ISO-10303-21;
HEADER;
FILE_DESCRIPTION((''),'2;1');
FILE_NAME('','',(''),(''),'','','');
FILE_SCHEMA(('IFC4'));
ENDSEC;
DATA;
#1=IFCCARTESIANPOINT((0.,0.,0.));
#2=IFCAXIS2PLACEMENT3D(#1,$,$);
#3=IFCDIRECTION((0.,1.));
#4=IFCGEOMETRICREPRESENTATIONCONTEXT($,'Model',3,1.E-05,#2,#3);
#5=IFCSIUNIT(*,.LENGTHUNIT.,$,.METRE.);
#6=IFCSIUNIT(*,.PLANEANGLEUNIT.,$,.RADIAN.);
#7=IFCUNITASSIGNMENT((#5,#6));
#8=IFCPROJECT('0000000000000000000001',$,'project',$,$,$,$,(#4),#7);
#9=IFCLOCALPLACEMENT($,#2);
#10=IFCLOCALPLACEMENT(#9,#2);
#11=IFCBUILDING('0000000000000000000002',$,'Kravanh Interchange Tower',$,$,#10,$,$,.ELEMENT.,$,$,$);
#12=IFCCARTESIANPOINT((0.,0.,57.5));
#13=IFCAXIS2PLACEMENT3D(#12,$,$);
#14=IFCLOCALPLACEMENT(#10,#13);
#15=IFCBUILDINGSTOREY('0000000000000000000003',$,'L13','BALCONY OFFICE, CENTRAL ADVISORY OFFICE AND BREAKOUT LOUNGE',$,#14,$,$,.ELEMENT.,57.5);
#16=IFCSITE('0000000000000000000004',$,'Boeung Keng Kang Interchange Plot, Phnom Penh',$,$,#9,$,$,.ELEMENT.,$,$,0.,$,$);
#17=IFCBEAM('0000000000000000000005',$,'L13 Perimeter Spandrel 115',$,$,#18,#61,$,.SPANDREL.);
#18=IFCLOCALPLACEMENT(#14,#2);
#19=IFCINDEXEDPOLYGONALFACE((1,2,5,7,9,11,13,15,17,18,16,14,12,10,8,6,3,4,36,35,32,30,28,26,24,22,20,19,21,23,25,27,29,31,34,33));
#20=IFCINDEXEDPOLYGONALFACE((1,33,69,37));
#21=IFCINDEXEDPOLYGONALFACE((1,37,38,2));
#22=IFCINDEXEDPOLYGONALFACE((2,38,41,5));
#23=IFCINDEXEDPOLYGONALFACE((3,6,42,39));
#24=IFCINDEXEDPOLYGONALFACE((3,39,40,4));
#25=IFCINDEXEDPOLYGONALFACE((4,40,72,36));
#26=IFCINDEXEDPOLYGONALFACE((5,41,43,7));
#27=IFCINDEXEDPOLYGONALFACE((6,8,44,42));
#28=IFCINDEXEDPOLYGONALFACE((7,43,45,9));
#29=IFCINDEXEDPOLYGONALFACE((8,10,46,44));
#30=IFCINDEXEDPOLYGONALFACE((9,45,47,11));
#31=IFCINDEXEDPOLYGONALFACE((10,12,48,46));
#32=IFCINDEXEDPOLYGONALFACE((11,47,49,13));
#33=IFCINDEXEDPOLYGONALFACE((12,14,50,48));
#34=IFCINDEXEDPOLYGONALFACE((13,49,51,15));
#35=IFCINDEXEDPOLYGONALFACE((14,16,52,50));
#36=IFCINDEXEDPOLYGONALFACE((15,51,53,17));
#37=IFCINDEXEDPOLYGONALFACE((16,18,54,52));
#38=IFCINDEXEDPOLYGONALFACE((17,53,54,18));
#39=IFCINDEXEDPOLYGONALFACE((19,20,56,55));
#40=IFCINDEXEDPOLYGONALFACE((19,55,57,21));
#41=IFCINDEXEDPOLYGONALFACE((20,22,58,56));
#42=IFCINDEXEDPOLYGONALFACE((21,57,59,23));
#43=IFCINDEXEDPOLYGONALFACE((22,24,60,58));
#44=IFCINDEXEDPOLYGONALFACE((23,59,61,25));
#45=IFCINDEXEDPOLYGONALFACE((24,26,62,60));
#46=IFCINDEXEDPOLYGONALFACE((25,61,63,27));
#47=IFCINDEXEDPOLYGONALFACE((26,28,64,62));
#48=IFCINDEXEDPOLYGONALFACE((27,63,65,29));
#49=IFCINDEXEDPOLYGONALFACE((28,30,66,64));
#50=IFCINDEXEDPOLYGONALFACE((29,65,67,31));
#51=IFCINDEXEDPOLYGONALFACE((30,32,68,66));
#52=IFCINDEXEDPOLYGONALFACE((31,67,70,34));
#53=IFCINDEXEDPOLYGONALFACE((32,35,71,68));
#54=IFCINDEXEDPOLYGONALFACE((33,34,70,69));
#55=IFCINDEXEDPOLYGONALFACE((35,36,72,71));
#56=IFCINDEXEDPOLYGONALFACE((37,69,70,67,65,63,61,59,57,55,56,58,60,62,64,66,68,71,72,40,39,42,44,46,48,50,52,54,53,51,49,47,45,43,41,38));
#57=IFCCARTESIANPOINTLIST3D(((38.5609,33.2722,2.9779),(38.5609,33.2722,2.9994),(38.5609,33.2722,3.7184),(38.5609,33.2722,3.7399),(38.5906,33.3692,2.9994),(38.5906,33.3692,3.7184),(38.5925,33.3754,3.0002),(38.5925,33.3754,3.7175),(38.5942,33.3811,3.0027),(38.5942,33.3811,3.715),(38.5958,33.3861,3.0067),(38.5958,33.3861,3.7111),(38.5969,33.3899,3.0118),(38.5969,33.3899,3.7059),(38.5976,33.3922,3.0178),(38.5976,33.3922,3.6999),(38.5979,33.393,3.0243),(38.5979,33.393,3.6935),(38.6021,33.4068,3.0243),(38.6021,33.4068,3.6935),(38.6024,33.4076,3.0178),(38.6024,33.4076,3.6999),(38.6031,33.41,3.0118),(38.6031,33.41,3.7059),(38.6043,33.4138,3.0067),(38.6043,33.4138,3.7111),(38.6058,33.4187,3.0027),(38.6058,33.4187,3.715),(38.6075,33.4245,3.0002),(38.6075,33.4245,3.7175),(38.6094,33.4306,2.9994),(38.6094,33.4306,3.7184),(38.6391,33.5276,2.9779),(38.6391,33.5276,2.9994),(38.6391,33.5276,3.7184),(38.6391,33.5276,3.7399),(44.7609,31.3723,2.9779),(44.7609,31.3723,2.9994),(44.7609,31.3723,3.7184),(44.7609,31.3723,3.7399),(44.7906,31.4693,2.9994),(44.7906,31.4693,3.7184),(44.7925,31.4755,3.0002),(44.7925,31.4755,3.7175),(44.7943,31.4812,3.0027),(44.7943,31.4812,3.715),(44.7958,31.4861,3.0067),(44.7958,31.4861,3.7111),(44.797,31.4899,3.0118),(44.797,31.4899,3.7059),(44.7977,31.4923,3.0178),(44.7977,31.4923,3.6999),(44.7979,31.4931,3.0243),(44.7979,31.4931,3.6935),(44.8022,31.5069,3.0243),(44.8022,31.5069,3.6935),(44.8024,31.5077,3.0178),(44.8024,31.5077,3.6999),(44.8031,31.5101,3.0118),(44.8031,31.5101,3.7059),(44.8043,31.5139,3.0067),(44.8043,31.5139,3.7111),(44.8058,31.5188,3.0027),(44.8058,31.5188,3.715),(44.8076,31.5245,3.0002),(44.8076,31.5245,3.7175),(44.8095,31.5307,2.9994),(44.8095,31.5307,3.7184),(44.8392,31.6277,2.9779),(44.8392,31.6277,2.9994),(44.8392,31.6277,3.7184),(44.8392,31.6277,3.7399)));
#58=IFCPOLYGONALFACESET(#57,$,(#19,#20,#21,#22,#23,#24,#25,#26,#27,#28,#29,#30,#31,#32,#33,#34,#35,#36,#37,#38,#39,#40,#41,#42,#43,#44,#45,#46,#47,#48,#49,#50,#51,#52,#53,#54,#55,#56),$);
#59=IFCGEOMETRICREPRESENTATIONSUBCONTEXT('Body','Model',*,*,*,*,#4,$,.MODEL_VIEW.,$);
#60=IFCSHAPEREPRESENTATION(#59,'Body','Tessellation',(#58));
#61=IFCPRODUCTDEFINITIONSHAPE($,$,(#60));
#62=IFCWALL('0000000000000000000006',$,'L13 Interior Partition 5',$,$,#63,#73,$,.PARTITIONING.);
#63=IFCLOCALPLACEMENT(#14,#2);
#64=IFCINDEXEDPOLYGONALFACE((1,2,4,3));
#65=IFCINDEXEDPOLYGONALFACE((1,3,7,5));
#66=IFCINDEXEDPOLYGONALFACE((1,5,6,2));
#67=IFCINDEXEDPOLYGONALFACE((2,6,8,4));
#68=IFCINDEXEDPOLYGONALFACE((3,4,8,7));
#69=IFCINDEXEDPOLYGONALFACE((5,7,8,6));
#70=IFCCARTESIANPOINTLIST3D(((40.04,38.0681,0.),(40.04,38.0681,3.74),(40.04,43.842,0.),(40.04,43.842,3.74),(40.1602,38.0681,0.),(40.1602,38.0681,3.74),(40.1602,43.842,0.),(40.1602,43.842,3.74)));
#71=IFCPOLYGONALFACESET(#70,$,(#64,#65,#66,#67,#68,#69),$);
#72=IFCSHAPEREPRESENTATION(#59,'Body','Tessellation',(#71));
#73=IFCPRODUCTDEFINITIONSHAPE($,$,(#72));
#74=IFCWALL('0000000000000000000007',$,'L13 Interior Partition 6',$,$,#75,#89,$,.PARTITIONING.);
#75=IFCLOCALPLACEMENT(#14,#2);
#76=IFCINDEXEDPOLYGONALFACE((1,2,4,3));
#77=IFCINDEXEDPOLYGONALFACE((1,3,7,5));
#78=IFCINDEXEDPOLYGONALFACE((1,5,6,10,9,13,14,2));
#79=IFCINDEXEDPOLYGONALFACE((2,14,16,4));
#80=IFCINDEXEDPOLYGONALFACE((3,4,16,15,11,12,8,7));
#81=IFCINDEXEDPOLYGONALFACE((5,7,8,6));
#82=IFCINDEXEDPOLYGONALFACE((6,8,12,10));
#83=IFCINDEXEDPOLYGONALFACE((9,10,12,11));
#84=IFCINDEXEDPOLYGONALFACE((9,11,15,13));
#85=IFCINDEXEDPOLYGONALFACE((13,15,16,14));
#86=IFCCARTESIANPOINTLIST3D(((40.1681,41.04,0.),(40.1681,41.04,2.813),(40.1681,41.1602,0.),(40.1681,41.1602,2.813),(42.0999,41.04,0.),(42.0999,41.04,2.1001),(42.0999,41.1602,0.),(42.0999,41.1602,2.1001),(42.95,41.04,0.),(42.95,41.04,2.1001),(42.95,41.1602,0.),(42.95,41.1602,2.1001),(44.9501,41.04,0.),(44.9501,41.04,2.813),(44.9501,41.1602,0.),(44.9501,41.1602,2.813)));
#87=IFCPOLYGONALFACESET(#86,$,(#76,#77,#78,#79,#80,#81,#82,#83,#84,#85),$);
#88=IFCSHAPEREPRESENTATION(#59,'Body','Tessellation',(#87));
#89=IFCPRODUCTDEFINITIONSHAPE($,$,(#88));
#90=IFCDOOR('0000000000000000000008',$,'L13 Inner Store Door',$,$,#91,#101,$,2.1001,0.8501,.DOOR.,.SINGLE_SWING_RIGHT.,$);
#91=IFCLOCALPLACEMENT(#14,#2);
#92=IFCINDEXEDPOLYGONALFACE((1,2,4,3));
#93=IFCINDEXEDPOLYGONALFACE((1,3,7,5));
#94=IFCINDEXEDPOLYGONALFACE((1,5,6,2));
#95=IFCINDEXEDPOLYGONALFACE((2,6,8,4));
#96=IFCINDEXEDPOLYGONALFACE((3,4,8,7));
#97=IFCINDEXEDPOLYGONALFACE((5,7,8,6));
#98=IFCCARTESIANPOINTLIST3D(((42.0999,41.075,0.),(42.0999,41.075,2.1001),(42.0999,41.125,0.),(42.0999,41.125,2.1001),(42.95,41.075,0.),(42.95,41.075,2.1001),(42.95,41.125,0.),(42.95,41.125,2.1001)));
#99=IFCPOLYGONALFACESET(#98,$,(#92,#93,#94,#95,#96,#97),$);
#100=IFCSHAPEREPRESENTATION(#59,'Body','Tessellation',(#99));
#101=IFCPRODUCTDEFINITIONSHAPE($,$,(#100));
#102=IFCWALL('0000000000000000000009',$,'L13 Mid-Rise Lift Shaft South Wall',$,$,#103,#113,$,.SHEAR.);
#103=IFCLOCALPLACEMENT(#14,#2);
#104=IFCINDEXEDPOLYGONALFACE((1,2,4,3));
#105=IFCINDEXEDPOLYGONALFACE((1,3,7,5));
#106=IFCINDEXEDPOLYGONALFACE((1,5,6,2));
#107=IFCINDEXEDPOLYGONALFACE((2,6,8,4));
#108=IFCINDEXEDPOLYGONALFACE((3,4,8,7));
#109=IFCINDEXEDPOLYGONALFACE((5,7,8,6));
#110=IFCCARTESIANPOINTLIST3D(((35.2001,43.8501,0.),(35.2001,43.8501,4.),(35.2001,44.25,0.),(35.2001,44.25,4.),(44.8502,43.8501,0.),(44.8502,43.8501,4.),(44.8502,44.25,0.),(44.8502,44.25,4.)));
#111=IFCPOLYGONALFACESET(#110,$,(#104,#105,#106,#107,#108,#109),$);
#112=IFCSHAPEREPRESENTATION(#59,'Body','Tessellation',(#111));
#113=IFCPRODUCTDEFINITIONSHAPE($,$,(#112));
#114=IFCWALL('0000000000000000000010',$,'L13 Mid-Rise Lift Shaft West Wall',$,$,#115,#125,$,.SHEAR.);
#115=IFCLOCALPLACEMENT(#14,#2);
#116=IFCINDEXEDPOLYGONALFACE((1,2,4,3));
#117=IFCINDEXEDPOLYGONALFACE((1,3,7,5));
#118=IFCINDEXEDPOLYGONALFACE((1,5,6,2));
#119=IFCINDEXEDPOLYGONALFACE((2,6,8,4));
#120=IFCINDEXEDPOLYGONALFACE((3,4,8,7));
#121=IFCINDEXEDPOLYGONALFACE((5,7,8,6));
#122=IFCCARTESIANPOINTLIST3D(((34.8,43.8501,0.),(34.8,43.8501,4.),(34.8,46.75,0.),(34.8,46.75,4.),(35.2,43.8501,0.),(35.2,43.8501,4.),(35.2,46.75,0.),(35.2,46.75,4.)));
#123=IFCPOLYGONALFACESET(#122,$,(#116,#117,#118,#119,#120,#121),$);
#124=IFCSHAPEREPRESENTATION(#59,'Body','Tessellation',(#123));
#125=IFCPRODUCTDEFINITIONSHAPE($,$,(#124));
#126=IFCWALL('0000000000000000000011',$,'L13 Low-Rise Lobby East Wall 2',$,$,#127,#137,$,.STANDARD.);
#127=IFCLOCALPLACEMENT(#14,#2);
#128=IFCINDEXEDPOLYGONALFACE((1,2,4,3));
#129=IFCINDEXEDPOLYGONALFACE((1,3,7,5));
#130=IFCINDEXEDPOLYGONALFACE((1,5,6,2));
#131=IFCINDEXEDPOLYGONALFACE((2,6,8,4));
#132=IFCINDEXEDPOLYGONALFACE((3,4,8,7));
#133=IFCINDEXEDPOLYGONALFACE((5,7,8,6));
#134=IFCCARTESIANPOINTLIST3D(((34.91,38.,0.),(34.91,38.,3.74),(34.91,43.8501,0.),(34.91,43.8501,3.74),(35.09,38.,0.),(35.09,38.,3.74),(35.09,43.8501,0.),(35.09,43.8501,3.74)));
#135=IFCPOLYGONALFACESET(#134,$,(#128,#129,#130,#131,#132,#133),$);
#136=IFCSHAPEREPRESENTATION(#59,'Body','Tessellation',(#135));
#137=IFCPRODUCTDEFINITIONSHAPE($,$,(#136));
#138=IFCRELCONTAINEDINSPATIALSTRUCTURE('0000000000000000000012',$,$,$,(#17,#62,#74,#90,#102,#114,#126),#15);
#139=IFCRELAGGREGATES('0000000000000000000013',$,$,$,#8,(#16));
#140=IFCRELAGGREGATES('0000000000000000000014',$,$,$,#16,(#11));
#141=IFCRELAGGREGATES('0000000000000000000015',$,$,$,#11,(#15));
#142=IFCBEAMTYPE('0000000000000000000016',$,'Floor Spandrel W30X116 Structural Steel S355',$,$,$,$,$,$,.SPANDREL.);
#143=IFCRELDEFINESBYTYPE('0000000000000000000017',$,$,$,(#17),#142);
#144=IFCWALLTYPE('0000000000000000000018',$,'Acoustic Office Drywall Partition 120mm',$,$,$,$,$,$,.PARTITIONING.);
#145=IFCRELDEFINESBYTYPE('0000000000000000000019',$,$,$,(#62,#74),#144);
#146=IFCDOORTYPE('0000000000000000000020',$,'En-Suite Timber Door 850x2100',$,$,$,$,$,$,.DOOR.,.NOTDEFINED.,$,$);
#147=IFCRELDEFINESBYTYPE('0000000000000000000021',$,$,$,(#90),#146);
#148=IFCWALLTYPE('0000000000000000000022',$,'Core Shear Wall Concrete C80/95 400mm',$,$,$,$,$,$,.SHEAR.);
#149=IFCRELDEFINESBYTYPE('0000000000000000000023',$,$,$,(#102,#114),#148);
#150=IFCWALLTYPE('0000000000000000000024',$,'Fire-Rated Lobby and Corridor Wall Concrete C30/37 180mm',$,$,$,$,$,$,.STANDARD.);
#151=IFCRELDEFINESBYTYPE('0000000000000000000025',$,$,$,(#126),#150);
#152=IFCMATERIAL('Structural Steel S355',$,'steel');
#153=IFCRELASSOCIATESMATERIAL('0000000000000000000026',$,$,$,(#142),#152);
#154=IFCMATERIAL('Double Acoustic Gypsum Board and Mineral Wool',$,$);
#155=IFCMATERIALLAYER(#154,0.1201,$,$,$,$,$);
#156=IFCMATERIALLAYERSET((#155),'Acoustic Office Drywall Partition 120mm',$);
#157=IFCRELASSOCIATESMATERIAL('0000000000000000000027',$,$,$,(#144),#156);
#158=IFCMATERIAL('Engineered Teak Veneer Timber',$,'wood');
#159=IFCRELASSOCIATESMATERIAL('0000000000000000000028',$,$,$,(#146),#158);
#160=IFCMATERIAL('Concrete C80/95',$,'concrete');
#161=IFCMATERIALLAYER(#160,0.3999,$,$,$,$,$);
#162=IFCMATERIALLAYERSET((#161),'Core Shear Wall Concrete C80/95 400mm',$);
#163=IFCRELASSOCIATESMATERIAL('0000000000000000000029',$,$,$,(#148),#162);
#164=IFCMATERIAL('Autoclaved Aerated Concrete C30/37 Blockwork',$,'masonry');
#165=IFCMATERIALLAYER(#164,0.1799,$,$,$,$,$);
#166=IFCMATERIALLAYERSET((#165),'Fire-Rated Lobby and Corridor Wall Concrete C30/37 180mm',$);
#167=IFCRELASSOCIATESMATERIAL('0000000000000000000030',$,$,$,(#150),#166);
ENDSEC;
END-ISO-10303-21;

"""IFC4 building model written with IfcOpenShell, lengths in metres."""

from ifc_helpers import new_model, si_unit, direction, frame, frame_2d, origin, origin_2d, place, context, subcontext, project, spatial, rectangle, i_section, extrude, material, layer, layer_set, material_profile, profile_set, type_object, element, fill, save


model = new_model("IFC4")

# Units and contexts
model_context = context("Model", 3, precision=1e-05, world=origin(), true_north=direction((0.0, 1.0)))
body_context = subcontext(model_context, "Body", "Model", "MODEL_VIEW")
ifc_project = project(units=[si_unit("LENGTHUNIT", "METRE"), si_unit("PLANEANGLEUNIT", "RADIAN")], contexts=[model_context])

# Site, building, storey
site_placement = place(None, origin())
site = spatial("IfcSite", under=ifc_project, at=site_placement, Name="Boeung Keng Kang Interchange Plot, Phnom Penh", CompositionType="ELEMENT", RefElevation=0.0)
building_placement = place(site_placement, origin())
building = spatial("IfcBuilding", under=site, at=building_placement, Name="Kravanh Interchange Tower", CompositionType="ELEMENT")
storey_placement = place(building_placement, frame((0.0, 0.0, 57.5)))
storey = spatial("IfcBuildingStorey", under=building, at=storey_placement, Name="L13", Description="BALCONY OFFICE, CENTRAL ADVISORY OFFICE AND BREAKOUT LOUNGE", CompositionType="ELEMENT", Elevation=57.5)

# Beam
ifc_material_1 = material(Name="Structural Steel S355", Category="steel")
ifc_material_profile_1 = material_profile(ifc_material_1, i_section(OverallWidth=0.2671, OverallDepth=0.762, WebThickness=0.0144, FlangeThickness=0.0215, FilletRadius=0.0249, at=origin_2d()), Name="W30X116")
ifc_profile_set_1 = profile_set([ifc_material_profile_1], Name="Structural Steel S355")
beam_type_1 = type_object("IfcBeamType", Name="Floor Spandrel W30X116 Structural Steel S355", PredefinedType="SPANDREL", material=ifc_profile_set_1)
beam_1_placement = place(storey_placement, frame((44.8, 31.5, 3.3589), z_axis=(-0.956115, 0.29299, 0.0), x_axis=(-0.29299, -0.956115, 0.0)))
element("IfcBeam", 1, at=beam_1_placement, inside=storey, type_object=beam_type_1, Name="L13 Perimeter Spandrel 115", PredefinedType="SPANDREL", context=body_context, shape_type="SweptSolid", body=[
    extrude(i_section(OverallWidth=0.2671, OverallDepth=0.762, WebThickness=0.0144, FlangeThickness=0.0215, FilletRadius=0.0249, at=origin_2d()), origin(), (0.0, 0.0, 1.0), 6.4846),
])

# Wall
ifc_material_2 = material(Name="Double Acoustic Gypsum Board and Mineral Wool")
ifc_layer_1 = layer(ifc_material_2, 0.1201)
ifc_layer_set_1 = layer_set([ifc_layer_1], Name="Acoustic Office Drywall Partition 120mm")
wall_type_1 = type_object("IfcWallType", Name="Acoustic Office Drywall Partition 120mm", PredefinedType="PARTITIONING", material=ifc_layer_set_1)
wall_1_placement = place(storey_placement, frame((40.1001, 38.0681, 0.0), z_axis=(0.0, 0.0, 1.0), x_axis=(0.0, 1.0, 0.0)))
element("IfcWall", 2, at=wall_1_placement, inside=storey, type_object=wall_type_1, Name="L13 Interior Partition 5", PredefinedType="PARTITIONING", context=body_context, shape_type="SweptSolid", body=[
    extrude(rectangle(XDim=5.7739, YDim=0.1201, at=frame_2d((2.887, 0.0))), origin(), (0.0, 0.0, 1.0), 3.74),
])

# Wall, opening, door
wall_2_placement = place(storey_placement, frame((40.168, 41.1001, 0.0), z_axis=(0.0, 0.0, 1.0), x_axis=(1.0, 0.0, 0.0)))
wall_2 = element("IfcWall", 3, at=wall_2_placement, inside=storey, type_object=wall_type_1, Name="L13 Interior Partition 6", PredefinedType="PARTITIONING", context=body_context, shape_type="SweptSolid", body=[
    extrude(rectangle(XDim=4.782, YDim=0.1201, at=frame_2d((2.3911, 0.0))), origin(), (0.0, 0.0, 1.0), 2.813),
])
opening_1_placement = place(wall_2_placement, frame((1.9319, 0.0, 0.0)))
opening_1 = element("IfcOpeningElement", 4, at=opening_1_placement, cuts=wall_2, PredefinedType="OPENING", context=body_context, shape_type="SweptSolid", body=[
    extrude(rectangle(XDim=0.8501, YDim=2.1001, at=frame_2d((0.425, 1.05))), frame((0.0, 0.0701, 0.0), z_axis=(0.0, -1.0, 0.0), x_axis=(1.0, 0.0, 0.0)), (0.0, 0.0, 1.0), 0.1401),
])
ifc_material_3 = material(Name="Engineered Teak Veneer Timber", Category="wood")
door_type_1 = type_object("IfcDoorType", Name="En-Suite Timber Door 850x2100", OperationType="NOTDEFINED", PredefinedType="DOOR", material=ifc_material_3)
door_1_placement = place(opening_1_placement, origin())
door_1 = element("IfcDoor", 5, at=door_1_placement, inside=storey, type_object=door_type_1, Name="L13 Inner Store Door", OperationType="SINGLE_SWING_RIGHT", OverallHeight=2.1001, OverallWidth=0.8501, PredefinedType="DOOR", context=body_context, shape_type="SweptSolid", body=[
    extrude(rectangle(XDim=0.8501, YDim=2.1001, at=frame_2d((0.425, 1.05))), frame((0.0, 0.0249, 0.0), z_axis=(0.0, -1.0, 0.0), x_axis=(1.0, 0.0, 0.0)), (0.0, 0.0, 1.0), 0.05),
])
fill(opening_1, door_1)

# Walls
ifc_material_4 = material(Name="Concrete C80/95", Category="concrete")
ifc_layer_2 = layer(ifc_material_4, 0.3999)
ifc_layer_set_2 = layer_set([ifc_layer_2], Name="Core Shear Wall Concrete C80/95 400mm")
wall_type_2 = type_object("IfcWallType", Name="Core Shear Wall Concrete C80/95 400mm", PredefinedType="SHEAR", material=ifc_layer_set_2)
wall_3_placement = place(storey_placement, frame((35.2, 44.05, 0.0), z_axis=(0.0, 0.0, 1.0), x_axis=(1.0, 0.0, 0.0)))
element("IfcWall", 6, at=wall_3_placement, inside=storey, type_object=wall_type_2, Name="L13 Mid-Rise Lift Shaft South Wall", PredefinedType="SHEAR", context=body_context, shape_type="SweptSolid", body=[
    extrude(rectangle(XDim=9.6501, YDim=0.3999, at=frame_2d((4.8252, 0.0))), origin(), (0.0, 0.0, 1.0), 4.0),
])
wall_4_placement = place(storey_placement, frame((35.0, 43.8501, 0.0), z_axis=(0.0, 0.0, 1.0), x_axis=(0.0, 1.0, 0.0)))
element("IfcWall", 7, at=wall_4_placement, inside=storey, type_object=wall_type_2, Name="L13 Mid-Rise Lift Shaft West Wall", PredefinedType="SHEAR", context=body_context, shape_type="SweptSolid", body=[
    extrude(rectangle(XDim=2.8999, YDim=0.3999, at=frame_2d((1.45, 0.0))), origin(), (0.0, 0.0, 1.0), 4.0),
])
ifc_material_5 = material(Name="Autoclaved Aerated Concrete C30/37 Blockwork", Category="masonry")
ifc_layer_3 = layer(ifc_material_5, 0.1799)
ifc_layer_set_3 = layer_set([ifc_layer_3], Name="Fire-Rated Lobby and Corridor Wall Concrete C30/37 180mm")
wall_type_3 = type_object("IfcWallType", Name="Fire-Rated Lobby and Corridor Wall Concrete C30/37 180mm", PredefinedType="STANDARD", material=ifc_layer_set_3)
wall_5_placement = place(storey_placement, frame((35.0, 38.0, 0.0), z_axis=(0.0, 0.0, 1.0), x_axis=(0.0, 1.0, 0.0)))
element("IfcWall", 8, at=wall_5_placement, inside=storey, type_object=wall_type_3, Name="L13 Low-Rise Lobby East Wall 2", PredefinedType="STANDARD", context=body_context, shape_type="SweptSolid", body=[
    extrude(rectangle(XDim=5.8501, YDim=0.1799, at=frame_2d((2.925, 0.0))), origin(), (0.0, 0.0, 1.0), 3.74),
])

save(model, "model.ifc")
